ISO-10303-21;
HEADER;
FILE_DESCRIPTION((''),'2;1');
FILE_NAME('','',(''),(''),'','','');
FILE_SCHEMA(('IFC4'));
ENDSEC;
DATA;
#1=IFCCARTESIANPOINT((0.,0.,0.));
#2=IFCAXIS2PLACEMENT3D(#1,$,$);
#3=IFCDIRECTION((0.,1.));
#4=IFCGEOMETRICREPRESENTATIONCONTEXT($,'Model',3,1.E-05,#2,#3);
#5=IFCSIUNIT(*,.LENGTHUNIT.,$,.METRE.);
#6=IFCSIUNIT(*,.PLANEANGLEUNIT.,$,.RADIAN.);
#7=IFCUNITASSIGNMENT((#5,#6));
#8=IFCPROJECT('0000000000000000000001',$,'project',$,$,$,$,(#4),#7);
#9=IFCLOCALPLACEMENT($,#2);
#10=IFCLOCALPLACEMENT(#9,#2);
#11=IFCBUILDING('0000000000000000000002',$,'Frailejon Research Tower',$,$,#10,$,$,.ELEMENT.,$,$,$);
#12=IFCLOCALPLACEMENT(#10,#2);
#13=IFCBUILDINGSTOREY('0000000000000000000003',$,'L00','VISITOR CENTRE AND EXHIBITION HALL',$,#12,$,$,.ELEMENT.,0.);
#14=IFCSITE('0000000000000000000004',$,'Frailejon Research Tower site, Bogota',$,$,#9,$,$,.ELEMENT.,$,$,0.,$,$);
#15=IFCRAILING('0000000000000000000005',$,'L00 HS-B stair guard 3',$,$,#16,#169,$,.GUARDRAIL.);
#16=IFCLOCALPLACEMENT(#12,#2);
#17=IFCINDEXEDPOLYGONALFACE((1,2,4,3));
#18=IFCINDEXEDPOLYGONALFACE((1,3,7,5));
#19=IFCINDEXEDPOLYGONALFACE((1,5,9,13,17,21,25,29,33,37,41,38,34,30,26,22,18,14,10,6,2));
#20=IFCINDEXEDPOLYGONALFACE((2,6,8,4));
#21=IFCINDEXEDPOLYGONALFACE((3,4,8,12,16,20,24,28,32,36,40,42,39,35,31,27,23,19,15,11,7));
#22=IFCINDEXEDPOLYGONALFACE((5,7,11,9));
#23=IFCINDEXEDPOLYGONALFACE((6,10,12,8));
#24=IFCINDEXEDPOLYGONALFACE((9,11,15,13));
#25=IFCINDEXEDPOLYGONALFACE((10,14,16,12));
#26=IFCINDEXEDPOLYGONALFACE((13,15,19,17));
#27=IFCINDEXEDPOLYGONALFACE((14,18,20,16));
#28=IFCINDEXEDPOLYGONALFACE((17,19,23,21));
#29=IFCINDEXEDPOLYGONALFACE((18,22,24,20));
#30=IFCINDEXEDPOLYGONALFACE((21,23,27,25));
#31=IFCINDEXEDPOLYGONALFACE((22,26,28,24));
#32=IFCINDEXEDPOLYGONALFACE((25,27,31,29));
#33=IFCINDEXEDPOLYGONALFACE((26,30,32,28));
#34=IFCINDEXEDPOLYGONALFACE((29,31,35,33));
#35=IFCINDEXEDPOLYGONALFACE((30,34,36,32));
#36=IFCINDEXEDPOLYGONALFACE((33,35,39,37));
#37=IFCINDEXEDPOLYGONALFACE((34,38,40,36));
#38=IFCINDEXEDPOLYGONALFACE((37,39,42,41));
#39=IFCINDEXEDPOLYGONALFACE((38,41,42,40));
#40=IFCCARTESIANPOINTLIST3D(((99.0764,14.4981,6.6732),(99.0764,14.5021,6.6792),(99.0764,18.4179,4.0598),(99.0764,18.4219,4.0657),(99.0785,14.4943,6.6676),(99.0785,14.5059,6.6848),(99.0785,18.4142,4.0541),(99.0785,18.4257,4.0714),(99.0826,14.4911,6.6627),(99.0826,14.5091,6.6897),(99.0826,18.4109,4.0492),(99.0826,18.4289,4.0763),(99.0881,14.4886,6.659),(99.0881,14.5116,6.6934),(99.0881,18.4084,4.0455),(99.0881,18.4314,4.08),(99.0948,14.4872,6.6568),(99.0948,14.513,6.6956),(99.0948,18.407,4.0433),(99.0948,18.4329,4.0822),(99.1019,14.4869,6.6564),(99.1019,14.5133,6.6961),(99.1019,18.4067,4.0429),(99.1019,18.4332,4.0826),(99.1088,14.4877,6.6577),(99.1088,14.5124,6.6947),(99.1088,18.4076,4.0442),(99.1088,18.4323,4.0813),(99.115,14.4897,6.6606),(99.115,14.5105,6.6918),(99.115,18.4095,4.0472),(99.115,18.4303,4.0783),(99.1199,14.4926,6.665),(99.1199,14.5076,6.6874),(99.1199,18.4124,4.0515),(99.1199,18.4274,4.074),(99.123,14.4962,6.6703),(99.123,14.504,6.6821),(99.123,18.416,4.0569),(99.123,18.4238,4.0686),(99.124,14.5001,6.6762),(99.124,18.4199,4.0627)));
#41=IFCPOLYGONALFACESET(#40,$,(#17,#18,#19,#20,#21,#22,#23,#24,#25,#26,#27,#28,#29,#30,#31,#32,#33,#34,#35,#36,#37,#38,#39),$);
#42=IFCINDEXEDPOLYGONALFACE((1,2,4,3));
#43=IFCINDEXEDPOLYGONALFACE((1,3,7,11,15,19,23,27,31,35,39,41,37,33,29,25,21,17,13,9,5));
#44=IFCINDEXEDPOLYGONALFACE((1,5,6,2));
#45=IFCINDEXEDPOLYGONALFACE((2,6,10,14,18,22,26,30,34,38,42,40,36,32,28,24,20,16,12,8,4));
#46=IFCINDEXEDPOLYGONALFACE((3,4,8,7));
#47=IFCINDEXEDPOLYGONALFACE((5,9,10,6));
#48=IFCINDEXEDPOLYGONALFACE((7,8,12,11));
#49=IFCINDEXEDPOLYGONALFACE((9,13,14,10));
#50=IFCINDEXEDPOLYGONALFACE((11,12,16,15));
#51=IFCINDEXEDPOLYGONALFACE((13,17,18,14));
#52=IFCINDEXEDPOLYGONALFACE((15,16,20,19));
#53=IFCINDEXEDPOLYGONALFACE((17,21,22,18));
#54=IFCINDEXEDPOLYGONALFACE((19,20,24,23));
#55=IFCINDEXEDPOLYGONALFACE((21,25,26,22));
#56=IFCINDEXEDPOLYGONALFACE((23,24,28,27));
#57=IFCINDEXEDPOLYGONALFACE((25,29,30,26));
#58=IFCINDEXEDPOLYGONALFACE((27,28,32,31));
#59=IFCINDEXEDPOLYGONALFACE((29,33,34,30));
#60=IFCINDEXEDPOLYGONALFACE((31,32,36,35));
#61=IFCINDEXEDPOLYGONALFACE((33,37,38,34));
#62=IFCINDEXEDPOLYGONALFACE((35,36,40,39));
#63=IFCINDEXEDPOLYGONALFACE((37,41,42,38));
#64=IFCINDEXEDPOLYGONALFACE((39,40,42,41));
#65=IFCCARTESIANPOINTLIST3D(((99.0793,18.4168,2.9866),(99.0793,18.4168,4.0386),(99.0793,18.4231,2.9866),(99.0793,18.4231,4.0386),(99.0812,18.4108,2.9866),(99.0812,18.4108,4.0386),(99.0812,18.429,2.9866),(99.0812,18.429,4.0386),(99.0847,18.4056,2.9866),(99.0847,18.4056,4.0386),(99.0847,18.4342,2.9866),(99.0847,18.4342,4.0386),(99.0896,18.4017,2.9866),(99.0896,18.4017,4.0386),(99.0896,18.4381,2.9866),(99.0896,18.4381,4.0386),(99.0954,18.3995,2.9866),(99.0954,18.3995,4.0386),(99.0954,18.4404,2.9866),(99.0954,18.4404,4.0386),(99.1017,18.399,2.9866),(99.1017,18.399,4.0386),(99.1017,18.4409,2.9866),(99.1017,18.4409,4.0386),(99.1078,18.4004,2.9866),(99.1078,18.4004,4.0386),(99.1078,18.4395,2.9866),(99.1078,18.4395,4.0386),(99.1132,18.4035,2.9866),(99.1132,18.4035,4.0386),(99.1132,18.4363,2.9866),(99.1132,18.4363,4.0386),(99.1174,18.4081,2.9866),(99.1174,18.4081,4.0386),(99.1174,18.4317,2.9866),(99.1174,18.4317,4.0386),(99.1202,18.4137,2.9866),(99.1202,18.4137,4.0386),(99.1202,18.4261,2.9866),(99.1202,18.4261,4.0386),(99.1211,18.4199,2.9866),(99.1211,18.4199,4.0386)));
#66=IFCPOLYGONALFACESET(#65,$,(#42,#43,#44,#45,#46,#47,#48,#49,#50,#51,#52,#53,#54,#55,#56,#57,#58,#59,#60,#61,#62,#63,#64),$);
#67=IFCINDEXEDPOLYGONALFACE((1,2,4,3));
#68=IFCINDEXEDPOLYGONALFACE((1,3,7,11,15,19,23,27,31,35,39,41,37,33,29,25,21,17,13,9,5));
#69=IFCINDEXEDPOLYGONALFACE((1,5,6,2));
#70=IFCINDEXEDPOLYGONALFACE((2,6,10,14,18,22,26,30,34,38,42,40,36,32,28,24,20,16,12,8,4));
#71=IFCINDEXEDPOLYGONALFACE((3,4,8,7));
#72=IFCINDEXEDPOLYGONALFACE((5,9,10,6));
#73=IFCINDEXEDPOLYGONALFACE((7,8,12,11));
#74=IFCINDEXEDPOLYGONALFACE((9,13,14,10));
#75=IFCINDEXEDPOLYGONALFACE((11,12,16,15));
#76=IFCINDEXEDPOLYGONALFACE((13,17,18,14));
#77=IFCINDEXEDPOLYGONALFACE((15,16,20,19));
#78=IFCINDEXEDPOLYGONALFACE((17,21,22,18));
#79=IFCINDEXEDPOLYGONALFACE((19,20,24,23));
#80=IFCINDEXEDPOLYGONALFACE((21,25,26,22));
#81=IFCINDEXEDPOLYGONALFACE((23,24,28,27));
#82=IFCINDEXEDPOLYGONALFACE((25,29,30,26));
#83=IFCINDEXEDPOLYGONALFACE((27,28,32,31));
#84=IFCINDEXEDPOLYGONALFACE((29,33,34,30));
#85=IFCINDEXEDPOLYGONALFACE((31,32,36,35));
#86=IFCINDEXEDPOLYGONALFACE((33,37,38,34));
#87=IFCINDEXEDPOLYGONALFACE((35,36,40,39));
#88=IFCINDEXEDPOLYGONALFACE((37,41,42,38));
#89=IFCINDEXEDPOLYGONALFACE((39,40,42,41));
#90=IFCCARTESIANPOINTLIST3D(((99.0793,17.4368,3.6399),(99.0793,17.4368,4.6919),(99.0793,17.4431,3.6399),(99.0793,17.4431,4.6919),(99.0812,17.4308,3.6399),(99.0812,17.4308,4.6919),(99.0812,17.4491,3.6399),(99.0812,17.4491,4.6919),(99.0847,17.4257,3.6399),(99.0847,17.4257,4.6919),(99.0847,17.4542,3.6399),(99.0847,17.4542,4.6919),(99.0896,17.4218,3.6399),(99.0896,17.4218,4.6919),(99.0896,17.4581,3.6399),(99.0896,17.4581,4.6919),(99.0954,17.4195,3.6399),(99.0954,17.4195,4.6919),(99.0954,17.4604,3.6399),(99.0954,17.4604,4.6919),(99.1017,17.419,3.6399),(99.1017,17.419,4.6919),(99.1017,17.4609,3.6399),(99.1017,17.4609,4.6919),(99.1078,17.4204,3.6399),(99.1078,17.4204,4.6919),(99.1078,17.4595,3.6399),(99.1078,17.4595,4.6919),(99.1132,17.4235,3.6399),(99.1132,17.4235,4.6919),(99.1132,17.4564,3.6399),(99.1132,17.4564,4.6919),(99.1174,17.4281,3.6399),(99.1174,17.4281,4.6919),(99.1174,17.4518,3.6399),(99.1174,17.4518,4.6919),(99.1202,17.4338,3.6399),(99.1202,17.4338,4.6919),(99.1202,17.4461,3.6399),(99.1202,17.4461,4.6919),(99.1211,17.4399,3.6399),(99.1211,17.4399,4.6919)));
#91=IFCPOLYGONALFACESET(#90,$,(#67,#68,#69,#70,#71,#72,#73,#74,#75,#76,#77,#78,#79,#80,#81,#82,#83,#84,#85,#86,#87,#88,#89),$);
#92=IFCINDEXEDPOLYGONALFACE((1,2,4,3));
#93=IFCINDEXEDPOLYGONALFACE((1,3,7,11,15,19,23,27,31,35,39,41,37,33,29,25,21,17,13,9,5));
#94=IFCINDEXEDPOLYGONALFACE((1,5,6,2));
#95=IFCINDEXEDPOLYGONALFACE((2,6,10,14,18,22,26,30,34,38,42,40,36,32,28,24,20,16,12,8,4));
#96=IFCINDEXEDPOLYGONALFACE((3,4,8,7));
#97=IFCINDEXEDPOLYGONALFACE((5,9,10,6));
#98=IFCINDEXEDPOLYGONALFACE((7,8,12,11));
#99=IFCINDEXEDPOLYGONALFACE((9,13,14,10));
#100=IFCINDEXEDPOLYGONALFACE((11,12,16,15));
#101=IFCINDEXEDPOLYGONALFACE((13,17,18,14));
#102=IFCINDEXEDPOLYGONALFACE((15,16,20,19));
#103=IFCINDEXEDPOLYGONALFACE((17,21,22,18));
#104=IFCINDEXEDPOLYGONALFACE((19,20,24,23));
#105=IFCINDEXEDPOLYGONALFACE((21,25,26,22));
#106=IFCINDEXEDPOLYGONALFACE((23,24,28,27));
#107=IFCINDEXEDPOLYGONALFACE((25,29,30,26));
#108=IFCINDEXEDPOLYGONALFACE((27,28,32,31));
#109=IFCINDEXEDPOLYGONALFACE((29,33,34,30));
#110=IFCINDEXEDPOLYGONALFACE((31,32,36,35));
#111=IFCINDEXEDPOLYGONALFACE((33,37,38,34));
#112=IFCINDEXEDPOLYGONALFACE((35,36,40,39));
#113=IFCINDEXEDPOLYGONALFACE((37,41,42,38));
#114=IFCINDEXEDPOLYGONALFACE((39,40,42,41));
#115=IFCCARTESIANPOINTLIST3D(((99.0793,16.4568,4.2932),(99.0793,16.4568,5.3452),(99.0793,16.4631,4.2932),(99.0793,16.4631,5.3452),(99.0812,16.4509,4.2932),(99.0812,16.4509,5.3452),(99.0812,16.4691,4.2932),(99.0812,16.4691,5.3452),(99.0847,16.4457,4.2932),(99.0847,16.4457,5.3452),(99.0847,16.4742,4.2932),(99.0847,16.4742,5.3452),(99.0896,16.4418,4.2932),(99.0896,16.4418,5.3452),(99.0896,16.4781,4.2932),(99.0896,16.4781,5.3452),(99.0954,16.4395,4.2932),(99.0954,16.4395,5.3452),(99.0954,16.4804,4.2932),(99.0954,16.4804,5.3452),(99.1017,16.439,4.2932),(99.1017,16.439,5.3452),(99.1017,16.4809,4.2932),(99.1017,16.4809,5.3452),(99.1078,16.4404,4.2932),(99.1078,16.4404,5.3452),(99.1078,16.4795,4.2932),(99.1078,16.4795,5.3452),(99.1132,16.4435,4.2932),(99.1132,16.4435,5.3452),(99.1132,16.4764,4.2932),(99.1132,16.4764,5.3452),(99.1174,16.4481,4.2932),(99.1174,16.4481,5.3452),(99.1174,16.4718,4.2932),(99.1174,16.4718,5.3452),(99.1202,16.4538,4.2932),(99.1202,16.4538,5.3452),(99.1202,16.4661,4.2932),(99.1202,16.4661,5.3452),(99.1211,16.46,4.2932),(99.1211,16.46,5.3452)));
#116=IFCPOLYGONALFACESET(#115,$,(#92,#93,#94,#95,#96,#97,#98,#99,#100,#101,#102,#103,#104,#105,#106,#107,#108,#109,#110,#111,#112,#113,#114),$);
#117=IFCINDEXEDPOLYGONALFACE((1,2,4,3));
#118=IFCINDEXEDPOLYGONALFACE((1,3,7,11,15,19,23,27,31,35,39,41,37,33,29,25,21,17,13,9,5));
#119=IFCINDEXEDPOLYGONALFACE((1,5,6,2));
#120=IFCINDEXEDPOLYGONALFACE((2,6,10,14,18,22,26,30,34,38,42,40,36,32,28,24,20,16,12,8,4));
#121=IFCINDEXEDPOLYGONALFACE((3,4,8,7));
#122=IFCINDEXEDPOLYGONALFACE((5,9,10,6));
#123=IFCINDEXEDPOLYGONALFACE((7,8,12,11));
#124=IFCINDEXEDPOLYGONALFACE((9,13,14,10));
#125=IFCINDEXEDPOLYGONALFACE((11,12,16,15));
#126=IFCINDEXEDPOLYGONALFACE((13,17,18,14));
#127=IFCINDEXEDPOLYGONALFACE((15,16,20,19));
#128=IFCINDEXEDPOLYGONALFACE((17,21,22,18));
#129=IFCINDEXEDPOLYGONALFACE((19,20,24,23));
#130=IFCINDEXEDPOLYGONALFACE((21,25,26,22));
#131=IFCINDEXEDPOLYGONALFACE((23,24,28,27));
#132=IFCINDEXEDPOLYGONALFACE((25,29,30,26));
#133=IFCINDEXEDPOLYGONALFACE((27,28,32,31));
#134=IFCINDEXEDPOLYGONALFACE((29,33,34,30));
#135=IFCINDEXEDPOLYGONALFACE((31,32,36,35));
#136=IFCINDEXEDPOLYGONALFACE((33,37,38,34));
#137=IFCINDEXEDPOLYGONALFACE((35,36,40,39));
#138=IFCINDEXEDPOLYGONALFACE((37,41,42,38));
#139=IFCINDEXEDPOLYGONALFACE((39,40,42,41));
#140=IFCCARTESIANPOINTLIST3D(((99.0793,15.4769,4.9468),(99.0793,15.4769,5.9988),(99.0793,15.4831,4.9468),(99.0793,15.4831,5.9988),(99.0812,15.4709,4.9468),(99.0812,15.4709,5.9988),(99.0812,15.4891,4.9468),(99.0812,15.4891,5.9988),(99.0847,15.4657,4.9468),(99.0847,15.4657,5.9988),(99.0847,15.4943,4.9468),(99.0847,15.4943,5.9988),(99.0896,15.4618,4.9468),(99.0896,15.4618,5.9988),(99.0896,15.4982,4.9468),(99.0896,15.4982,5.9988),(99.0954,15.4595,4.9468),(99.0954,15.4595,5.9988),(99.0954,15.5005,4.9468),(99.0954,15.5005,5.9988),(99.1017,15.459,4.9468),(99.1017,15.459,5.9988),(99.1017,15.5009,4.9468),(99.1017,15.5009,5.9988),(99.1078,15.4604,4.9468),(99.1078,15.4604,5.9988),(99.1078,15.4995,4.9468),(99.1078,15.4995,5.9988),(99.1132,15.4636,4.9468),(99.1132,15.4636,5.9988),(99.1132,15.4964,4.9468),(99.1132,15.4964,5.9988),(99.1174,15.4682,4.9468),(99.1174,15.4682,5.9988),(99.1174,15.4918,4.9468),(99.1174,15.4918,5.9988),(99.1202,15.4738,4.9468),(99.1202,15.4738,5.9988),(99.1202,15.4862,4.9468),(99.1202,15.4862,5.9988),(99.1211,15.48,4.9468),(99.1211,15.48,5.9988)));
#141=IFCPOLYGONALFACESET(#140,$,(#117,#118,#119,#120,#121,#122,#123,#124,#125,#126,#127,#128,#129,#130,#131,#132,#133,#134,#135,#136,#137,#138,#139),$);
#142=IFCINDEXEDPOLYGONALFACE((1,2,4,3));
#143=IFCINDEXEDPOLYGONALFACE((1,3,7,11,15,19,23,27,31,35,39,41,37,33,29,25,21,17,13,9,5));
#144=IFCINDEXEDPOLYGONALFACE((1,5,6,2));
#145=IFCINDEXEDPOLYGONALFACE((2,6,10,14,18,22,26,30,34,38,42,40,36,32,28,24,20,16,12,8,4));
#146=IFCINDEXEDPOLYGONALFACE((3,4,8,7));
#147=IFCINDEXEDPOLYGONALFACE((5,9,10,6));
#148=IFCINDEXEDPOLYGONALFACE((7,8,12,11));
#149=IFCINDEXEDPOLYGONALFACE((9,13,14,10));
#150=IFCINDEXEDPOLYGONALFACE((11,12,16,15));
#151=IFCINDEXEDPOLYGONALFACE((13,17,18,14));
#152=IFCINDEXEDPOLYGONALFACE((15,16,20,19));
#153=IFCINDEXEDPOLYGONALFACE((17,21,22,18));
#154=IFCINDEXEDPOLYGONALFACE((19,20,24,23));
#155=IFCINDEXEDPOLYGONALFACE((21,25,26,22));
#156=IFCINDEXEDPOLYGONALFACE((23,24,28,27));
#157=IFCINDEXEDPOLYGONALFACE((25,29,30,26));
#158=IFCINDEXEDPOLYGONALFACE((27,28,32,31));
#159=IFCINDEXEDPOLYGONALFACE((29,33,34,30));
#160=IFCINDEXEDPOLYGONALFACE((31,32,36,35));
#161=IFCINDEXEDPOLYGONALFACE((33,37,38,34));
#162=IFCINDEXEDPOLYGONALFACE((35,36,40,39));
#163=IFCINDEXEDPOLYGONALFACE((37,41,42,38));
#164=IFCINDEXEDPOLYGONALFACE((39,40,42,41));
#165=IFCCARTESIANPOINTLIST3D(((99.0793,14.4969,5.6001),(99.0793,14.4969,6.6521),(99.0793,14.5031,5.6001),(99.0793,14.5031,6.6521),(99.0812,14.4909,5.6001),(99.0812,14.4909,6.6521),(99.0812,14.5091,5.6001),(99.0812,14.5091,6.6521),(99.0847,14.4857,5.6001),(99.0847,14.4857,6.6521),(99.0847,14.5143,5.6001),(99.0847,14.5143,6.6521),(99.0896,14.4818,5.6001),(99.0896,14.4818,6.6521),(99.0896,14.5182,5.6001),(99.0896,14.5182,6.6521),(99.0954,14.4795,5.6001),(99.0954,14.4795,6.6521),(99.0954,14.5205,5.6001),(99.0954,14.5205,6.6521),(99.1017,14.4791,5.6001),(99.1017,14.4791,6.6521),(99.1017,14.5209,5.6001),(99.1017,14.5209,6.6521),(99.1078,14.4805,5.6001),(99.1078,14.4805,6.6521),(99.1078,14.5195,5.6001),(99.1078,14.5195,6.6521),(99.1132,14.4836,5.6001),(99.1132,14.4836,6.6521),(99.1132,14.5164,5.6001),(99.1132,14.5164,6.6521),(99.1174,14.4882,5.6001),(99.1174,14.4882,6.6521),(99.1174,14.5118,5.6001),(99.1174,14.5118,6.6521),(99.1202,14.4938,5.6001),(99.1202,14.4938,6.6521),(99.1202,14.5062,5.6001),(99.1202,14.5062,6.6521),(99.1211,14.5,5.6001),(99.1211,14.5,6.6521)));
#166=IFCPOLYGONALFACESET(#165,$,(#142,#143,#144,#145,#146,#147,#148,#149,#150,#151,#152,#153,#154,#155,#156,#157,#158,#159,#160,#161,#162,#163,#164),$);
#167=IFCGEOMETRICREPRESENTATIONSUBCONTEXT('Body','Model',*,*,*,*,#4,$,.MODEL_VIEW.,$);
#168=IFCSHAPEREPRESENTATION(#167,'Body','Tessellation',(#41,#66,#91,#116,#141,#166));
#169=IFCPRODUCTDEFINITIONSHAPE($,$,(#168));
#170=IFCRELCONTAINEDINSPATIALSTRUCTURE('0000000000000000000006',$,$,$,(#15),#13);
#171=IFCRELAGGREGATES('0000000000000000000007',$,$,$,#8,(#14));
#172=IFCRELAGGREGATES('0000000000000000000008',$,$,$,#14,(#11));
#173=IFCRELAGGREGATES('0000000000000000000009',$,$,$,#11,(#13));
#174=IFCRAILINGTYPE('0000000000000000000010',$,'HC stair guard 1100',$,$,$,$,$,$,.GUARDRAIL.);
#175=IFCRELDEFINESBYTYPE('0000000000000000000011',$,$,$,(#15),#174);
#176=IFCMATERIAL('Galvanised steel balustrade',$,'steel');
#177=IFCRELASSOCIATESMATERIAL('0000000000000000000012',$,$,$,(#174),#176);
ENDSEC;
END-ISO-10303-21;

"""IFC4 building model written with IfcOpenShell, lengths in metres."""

from ifc_helpers import new_model, si_unit, direction, frame, origin, origin_2d, place, context, subcontext, project, spatial, circle, extrude, material, type_object, element, save


model = new_model("IFC4")

# Units and contexts
model_context = context("Model", 3, precision=1e-05, world=origin(), true_north=direction((0.0, 1.0)))
body_context = subcontext(model_context, "Body", "Model", "MODEL_VIEW")
ifc_project = project(units=[si_unit("LENGTHUNIT", "METRE"), si_unit("PLANEANGLEUNIT", "RADIAN")], contexts=[model_context])

# Site, building, storey
site_placement = place(None, origin())
site = spatial("IfcSite", under=ifc_project, at=site_placement, Name="Frailejon Research Tower site, Bogota", CompositionType="ELEMENT", RefElevation=0.0)
building_placement = place(site_placement, origin())
building = spatial("IfcBuilding", under=site, at=building_placement, Name="Frailejon Research Tower", CompositionType="ELEMENT")
storey_placement = place(building_placement, origin())
storey = spatial("IfcBuildingStorey", under=building, at=storey_placement, Name="L00", Description="VISITOR CENTRE AND EXHIBITION HALL", CompositionType="ELEMENT", Elevation=0.0)

# Railing
ifc_material_1 = material(Name="Galvanised steel balustrade", Category="steel")
railing_type_1 = type_object("IfcRailingType", Name="HC stair guard 1100", PredefinedType="GUARDRAIL", material=ifc_material_1)
railing_1_placement = place(storey_placement, frame((99.1001, 18.4199, 2.9866)))
element("IfcRailing", 1, at=railing_1_placement, inside=storey, type_object=railing_type_1, Name="L00 HS-B stair guard 3", PredefinedType="GUARDRAIL", context=body_context, shape_type="SweptSolid", body=[
    extrude(circle(Radius=0.0239, at=origin_2d()), frame((0.0, 0.0, 1.0762), z_axis=(0.0, -0.832026, 0.554736), x_axis=(1.0, 0.0, 0.0)), (0.0, 0.0, 1.0), 4.7112),
    extrude(circle(Radius=0.021, at=origin_2d()), origin(), (0.0, 0.0, 1.0), 1.052),
    extrude(circle(Radius=0.021, at=origin_2d()), frame((0.0, -0.98, 0.6533)), (0.0, 0.0, 1.0), 1.052),
    extrude(circle(Radius=0.021, at=origin_2d()), frame((0.0, -1.96, 1.3066)), (0.0, 0.0, 1.0), 1.052),
    extrude(circle(Radius=0.021, at=origin_2d()), frame((0.0, -2.9399, 1.9602)), (0.0, 0.0, 1.0), 1.052),
    extrude(circle(Radius=0.021, at=origin_2d()), frame((0.0, -3.9199, 2.6135)), (0.0, 0.0, 1.0), 1.052),
])

save(model, "model.ifc")
